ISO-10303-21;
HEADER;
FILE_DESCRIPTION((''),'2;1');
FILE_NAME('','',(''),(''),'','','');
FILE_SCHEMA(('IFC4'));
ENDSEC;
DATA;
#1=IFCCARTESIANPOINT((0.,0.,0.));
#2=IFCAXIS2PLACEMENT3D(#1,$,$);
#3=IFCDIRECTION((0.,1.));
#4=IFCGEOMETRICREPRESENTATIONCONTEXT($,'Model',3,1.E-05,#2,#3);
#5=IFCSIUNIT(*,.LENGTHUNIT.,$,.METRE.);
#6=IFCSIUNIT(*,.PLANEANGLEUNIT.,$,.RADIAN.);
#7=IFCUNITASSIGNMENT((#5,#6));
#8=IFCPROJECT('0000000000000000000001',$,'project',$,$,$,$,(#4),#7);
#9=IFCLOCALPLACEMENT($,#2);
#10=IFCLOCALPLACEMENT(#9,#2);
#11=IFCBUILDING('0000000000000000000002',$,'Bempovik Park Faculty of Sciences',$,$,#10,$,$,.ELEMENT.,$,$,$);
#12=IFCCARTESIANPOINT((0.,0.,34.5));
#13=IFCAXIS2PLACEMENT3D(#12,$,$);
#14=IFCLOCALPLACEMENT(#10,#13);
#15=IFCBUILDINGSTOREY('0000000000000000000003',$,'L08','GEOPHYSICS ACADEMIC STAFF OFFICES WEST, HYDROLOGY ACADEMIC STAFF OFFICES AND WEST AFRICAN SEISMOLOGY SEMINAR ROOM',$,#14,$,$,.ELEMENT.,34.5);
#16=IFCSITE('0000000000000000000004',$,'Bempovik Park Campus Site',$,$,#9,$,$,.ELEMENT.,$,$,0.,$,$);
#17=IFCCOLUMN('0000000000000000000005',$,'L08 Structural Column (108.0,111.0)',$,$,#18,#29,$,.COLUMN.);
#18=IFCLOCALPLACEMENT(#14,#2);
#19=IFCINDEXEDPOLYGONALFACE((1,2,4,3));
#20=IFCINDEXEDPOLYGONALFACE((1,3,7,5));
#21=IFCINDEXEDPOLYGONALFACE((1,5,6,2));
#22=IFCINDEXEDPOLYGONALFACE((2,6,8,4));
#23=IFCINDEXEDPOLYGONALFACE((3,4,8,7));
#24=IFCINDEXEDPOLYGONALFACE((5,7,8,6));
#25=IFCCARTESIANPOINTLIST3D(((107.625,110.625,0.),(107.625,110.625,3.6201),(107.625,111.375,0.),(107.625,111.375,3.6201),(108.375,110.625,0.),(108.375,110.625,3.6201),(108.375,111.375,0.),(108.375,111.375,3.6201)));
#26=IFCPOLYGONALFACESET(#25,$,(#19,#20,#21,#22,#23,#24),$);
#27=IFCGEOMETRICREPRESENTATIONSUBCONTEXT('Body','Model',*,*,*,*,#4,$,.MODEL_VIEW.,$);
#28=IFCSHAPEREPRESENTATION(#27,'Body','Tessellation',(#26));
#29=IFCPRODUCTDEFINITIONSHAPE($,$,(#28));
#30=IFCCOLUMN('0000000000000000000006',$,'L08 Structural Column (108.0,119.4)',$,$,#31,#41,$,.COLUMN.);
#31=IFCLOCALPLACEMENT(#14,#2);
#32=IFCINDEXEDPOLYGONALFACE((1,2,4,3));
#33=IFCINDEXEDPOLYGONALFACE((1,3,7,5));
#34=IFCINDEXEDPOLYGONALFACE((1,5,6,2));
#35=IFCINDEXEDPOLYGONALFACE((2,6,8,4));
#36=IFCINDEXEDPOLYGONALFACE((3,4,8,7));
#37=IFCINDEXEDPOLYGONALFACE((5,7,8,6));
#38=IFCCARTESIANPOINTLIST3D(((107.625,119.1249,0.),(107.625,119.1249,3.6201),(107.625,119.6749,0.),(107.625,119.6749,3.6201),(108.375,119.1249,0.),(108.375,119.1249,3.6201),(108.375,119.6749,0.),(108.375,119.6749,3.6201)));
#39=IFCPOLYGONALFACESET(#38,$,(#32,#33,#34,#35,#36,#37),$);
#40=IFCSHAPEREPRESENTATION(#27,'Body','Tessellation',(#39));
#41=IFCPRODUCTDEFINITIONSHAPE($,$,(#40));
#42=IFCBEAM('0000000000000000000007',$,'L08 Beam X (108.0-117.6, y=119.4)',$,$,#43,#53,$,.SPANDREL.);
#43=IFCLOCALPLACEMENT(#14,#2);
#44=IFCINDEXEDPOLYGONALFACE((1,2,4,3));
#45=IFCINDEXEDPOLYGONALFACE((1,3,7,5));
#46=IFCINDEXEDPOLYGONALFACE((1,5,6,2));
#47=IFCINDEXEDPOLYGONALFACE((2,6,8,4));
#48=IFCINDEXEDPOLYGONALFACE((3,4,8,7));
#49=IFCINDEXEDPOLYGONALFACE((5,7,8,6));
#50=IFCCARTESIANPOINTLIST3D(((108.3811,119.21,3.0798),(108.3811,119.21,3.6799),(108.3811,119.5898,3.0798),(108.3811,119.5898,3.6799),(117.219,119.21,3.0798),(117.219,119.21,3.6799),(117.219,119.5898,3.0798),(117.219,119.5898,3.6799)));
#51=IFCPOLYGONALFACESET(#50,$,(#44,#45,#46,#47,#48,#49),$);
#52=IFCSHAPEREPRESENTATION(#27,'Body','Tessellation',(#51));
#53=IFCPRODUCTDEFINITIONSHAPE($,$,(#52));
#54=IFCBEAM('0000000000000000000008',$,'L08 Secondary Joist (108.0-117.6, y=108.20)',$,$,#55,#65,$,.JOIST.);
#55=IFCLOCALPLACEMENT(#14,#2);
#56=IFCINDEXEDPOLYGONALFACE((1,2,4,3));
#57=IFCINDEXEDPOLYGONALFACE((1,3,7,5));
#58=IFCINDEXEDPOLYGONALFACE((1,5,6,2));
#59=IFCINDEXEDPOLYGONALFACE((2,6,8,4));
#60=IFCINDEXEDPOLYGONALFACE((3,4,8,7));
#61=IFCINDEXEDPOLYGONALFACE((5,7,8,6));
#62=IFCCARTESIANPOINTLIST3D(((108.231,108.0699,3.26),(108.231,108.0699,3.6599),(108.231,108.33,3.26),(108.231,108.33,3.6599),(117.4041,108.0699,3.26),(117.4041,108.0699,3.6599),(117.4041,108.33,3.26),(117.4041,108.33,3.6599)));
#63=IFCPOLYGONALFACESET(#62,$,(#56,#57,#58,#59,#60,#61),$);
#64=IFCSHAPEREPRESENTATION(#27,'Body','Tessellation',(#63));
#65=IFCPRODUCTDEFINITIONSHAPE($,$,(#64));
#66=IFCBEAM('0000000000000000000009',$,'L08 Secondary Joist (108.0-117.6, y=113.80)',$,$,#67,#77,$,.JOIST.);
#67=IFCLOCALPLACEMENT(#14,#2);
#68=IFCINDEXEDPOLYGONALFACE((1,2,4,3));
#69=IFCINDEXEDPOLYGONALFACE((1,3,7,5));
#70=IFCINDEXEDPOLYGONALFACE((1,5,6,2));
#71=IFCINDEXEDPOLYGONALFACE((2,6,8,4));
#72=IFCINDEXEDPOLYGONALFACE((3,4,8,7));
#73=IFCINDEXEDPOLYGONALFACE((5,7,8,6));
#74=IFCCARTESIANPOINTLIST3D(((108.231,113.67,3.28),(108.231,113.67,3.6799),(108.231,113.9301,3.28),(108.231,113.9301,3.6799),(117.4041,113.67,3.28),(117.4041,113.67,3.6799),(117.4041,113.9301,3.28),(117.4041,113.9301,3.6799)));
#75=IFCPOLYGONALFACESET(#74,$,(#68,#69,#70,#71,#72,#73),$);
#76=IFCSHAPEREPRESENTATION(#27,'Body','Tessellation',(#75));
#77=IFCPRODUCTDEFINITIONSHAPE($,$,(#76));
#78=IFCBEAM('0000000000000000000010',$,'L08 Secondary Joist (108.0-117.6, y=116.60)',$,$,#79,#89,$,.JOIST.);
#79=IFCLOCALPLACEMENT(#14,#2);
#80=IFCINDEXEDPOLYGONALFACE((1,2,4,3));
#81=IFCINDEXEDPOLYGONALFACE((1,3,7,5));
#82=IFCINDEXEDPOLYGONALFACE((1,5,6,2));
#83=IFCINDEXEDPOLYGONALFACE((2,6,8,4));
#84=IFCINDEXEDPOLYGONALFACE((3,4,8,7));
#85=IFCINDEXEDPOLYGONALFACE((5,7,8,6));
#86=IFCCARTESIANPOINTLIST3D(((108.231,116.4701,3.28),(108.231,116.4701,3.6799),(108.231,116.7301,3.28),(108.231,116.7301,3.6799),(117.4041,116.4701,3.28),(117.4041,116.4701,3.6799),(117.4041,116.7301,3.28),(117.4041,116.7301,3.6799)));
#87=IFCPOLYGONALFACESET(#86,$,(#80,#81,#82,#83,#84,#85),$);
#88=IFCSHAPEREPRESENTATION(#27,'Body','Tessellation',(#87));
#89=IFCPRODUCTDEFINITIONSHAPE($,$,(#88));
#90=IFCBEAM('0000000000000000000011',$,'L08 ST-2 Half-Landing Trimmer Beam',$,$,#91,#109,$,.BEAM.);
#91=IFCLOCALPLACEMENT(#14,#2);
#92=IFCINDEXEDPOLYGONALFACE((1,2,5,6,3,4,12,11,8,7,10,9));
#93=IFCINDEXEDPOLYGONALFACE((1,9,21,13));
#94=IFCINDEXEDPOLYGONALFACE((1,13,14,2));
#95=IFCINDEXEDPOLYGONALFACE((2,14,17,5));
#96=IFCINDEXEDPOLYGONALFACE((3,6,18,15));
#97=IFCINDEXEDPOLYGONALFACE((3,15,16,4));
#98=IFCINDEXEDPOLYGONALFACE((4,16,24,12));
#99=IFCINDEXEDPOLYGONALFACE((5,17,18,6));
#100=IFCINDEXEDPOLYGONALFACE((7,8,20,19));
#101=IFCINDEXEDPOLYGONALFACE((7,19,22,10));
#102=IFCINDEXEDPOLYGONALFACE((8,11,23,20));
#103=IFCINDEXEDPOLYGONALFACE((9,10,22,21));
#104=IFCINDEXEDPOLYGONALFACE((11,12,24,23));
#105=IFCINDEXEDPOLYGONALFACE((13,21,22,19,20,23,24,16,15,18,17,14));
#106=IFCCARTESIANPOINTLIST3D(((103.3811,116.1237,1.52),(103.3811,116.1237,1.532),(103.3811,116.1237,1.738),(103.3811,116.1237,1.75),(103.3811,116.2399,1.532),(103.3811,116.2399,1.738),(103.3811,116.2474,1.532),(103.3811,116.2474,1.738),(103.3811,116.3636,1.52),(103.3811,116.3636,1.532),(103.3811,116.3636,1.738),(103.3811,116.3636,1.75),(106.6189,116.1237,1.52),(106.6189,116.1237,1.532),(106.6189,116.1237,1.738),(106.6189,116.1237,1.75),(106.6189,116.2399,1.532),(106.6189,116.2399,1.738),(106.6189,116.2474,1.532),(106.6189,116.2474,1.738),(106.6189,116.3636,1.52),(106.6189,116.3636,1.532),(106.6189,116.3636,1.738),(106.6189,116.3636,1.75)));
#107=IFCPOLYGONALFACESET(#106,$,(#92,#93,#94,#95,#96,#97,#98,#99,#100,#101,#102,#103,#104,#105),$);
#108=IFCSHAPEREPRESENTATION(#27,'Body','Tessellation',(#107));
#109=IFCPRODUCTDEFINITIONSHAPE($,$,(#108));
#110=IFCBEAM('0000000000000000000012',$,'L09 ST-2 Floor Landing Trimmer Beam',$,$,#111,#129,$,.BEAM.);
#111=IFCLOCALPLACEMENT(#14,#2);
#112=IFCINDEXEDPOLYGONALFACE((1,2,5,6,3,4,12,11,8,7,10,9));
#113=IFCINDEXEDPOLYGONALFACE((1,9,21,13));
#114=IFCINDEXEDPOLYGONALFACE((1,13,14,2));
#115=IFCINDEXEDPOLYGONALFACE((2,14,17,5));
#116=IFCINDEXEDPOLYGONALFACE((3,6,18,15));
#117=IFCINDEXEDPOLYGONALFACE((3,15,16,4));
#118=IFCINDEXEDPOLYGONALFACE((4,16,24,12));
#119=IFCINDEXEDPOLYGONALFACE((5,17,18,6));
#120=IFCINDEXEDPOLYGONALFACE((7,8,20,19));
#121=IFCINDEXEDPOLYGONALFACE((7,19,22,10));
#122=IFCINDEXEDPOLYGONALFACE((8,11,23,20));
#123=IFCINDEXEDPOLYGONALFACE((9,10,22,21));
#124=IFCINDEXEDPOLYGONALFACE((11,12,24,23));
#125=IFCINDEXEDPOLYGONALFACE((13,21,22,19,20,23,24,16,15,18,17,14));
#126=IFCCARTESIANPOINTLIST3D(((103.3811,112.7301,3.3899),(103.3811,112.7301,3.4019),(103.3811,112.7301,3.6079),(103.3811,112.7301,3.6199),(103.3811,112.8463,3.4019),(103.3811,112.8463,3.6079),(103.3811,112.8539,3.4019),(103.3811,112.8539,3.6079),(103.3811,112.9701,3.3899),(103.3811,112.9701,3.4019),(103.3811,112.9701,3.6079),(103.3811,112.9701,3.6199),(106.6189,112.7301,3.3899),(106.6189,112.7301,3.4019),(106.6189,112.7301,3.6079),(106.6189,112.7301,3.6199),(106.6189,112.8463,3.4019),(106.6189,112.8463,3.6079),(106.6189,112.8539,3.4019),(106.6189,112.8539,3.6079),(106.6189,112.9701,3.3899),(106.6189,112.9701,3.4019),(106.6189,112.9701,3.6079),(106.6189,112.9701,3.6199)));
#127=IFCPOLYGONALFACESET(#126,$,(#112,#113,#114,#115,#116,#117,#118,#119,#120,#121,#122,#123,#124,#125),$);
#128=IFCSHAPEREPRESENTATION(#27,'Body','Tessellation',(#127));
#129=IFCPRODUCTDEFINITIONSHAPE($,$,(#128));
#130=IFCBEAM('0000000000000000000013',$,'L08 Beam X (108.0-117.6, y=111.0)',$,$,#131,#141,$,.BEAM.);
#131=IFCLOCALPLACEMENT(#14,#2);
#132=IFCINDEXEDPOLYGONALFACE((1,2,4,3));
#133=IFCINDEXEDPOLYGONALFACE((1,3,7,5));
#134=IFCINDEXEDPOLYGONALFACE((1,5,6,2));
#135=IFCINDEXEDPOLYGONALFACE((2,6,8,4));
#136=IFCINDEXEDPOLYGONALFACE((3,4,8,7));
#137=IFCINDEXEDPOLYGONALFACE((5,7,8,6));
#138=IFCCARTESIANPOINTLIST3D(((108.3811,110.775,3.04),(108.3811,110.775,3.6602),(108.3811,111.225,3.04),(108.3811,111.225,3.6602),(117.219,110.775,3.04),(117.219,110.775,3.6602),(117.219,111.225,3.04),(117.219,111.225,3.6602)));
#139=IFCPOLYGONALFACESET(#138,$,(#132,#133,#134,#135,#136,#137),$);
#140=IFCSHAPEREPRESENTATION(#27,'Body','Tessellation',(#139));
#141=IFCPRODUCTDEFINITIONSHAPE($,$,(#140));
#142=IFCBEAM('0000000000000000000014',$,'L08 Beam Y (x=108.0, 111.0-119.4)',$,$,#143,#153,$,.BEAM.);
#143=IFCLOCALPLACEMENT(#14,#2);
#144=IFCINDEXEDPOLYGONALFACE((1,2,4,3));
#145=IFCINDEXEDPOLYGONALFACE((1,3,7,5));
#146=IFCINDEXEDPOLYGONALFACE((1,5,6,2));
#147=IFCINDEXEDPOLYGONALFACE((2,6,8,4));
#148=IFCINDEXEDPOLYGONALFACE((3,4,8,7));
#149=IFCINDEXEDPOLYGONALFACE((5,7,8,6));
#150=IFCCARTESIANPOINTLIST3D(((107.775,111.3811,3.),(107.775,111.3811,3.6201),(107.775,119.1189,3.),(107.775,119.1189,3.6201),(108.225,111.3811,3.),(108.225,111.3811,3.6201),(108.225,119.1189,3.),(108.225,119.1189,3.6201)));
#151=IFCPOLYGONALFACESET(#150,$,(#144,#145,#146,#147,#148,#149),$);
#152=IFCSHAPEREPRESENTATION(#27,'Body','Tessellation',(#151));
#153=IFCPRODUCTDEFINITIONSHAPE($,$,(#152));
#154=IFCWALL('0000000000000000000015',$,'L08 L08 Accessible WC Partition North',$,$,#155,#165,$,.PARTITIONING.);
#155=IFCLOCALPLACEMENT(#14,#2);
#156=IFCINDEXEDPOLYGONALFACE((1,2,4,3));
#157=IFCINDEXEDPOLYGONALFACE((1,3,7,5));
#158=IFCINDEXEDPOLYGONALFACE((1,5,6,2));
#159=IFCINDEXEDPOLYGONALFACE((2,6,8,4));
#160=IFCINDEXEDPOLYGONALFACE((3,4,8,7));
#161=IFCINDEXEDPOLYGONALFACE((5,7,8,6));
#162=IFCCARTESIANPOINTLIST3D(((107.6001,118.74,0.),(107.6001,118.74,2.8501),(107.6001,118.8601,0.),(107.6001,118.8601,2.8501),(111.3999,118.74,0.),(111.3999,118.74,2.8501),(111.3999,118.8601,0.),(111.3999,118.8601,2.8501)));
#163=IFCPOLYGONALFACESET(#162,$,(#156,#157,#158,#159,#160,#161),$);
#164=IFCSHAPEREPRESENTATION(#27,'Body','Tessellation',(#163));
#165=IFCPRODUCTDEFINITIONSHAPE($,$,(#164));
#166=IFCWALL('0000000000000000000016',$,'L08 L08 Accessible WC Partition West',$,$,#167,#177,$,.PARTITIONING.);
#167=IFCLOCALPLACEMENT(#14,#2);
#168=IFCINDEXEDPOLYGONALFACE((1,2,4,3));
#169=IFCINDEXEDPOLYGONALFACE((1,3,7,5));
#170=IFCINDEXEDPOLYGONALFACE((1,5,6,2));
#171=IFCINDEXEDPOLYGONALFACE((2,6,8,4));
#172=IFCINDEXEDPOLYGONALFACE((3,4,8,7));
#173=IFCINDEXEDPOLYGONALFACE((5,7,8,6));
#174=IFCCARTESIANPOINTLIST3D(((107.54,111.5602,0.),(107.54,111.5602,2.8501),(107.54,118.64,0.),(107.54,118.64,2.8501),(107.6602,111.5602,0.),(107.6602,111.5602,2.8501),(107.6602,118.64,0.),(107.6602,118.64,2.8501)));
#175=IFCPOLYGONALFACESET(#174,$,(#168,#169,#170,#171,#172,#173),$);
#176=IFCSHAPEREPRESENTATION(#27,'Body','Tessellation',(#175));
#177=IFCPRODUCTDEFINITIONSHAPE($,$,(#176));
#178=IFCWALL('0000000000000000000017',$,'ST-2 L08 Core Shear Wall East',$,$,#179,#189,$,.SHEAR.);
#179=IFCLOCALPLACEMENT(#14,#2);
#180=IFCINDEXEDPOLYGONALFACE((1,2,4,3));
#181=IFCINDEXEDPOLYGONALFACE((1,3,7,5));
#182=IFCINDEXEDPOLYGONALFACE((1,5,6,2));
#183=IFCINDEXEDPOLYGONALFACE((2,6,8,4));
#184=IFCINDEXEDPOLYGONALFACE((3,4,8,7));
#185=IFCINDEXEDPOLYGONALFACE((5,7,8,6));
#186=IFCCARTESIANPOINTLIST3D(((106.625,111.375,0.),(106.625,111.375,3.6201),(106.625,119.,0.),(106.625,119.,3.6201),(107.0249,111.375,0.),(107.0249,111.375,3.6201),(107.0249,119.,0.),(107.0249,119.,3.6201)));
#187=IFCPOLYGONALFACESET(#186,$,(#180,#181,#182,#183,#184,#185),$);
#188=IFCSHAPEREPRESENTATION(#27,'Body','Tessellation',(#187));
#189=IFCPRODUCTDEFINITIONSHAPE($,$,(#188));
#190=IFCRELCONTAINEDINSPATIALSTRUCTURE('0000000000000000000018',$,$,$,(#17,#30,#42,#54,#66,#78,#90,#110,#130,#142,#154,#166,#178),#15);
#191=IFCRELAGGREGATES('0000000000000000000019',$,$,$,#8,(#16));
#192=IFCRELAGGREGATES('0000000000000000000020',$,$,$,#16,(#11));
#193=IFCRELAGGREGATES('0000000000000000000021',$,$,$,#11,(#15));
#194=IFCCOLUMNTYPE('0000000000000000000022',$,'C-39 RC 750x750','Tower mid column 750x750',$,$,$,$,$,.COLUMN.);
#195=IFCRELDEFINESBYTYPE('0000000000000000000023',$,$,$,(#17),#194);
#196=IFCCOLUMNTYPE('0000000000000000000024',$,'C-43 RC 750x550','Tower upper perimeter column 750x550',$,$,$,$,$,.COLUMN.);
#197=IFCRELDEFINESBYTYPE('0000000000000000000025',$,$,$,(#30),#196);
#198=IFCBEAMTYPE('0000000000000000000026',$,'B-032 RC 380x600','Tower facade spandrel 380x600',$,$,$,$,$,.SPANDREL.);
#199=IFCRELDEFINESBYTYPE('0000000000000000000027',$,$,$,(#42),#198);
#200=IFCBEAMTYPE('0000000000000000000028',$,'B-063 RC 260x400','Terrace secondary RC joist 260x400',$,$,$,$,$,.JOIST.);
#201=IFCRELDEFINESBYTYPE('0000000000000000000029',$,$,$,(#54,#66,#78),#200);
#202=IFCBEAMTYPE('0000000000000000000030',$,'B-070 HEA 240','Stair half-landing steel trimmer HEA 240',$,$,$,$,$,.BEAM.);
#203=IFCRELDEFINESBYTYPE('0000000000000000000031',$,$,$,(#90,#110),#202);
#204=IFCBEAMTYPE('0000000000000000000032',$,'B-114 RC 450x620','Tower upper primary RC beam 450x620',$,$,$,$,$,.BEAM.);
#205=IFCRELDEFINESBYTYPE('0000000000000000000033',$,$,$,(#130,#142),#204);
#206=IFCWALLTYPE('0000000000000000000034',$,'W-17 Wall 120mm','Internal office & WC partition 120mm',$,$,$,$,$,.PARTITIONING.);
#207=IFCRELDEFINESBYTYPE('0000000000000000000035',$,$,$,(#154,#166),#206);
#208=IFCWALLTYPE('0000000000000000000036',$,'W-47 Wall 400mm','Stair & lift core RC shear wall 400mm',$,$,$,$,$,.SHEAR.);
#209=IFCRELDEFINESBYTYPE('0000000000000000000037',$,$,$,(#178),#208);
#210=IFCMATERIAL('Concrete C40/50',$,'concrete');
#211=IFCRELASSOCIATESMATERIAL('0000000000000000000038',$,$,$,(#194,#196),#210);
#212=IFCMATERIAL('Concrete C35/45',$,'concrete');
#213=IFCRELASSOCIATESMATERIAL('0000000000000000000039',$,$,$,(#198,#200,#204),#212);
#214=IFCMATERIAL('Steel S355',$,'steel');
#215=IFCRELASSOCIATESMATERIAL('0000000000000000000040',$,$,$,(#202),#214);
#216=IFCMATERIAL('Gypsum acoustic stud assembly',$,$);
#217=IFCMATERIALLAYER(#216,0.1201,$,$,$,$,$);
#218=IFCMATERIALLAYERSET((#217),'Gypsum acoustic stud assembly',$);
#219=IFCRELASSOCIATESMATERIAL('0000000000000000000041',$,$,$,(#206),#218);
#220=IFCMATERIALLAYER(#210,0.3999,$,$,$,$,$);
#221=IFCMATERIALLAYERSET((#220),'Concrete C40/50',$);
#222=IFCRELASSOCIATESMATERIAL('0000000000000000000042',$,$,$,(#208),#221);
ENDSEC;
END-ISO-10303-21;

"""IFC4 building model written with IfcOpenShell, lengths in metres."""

from ifc_helpers import new_model, si_unit, direction, frame, frame_2d, origin, origin_2d, place, context, subcontext, project, spatial, rectangle, i_section, extrude, material, layer, layer_set, material_profile, profile_set, type_object, element, save


model = new_model("IFC4")

# Units and contexts
model_context = context("Model", 3, precision=1e-05, world=origin(), true_north=direction((0.0, 1.0)))
body_context = subcontext(model_context, "Body", "Model", "MODEL_VIEW")
ifc_project = project(units=[si_unit("LENGTHUNIT", "METRE"), si_unit("PLANEANGLEUNIT", "RADIAN")], contexts=[model_context])

# Site, building, storey
site_placement = place(None, origin())
site = spatial("IfcSite", under=ifc_project, at=site_placement, Name="Bempovik Park Campus Site", CompositionType="ELEMENT", RefElevation=0.0)
building_placement = place(site_placement, origin())
building = spatial("IfcBuilding", under=site, at=building_placement, Name="Bempovik Park Faculty of Sciences", CompositionType="ELEMENT")
storey_placement = place(building_placement, frame((0.0, 0.0, 34.5)))
storey = spatial("IfcBuildingStorey", under=building, at=storey_placement, Name="L08", Description="GEOPHYSICS ACADEMIC STAFF OFFICES WEST, HYDROLOGY ACADEMIC STAFF OFFICES AND WEST AFRICAN SEISMOLOGY SEMINAR ROOM", CompositionType="ELEMENT", Elevation=34.5)

# Columns
ifc_material_1 = material(Name="Concrete C40/50", Category="concrete")
ifc_material_profile_1 = material_profile(ifc_material_1, rectangle(XDim=0.75, YDim=0.75, at=origin_2d()), Name="RC 750x750")
ifc_profile_set_1 = profile_set([ifc_material_profile_1], Name="Concrete C40/50")
column_type_1 = type_object("IfcColumnType", Name="C-39 RC 750x750", Description="Tower mid column 750x750", PredefinedType="COLUMN", material=ifc_profile_set_1)
column_1_placement = place(storey_placement, frame((108.0, 111.0, 0.0), z_axis=(0.0, 0.0, 1.0), x_axis=(1.0, 0.0, 0.0)))
element("IfcColumn", 1, at=column_1_placement, inside=storey, type_object=column_type_1, Name="L08 Structural Column (108.0,111.0)", PredefinedType="COLUMN", context=body_context, shape_type="SweptSolid", body=[
    extrude(rectangle(XDim=0.75, YDim=0.75, at=origin_2d()), origin(), (0.0, 0.0, 1.0), 3.6201),
])
ifc_material_profile_2 = material_profile(ifc_material_1, rectangle(XDim=0.75, YDim=0.55, at=origin_2d()), Name="RC 750x550")
ifc_profile_set_2 = profile_set([ifc_material_profile_2], Name="Concrete C40/50")
column_type_2 = type_object("IfcColumnType", Name="C-43 RC 750x550", Description="Tower upper perimeter column 750x550", PredefinedType="COLUMN", material=ifc_profile_set_2)
column_2_placement = place(storey_placement, frame((108.0, 119.3999, 0.0), z_axis=(0.0, 0.0, 1.0), x_axis=(1.0, 0.0, 0.0)))
element("IfcColumn", 2, at=column_2_placement, inside=storey, type_object=column_type_2, Name="L08 Structural Column (108.0,119.4)", PredefinedType="COLUMN", context=body_context, shape_type="SweptSolid", body=[
    extrude(rectangle(XDim=0.75, YDim=0.55, at=origin_2d()), origin(), (0.0, 0.0, 1.0), 3.6201),
])

# Beams
ifc_material_2 = material(Name="Concrete C35/45", Category="concrete")
ifc_material_profile_3 = material_profile(ifc_material_2, rectangle(XDim=0.3799, YDim=0.6001, at=origin_2d()), Name="RC 380x600")
ifc_profile_set_3 = profile_set([ifc_material_profile_3], Name="Concrete C35/45")
beam_type_1 = type_object("IfcBeamType", Name="B-032 RC 380x600", Description="Tower facade spandrel 380x600", PredefinedType="SPANDREL", material=ifc_profile_set_3)
beam_1_placement = place(storey_placement, frame((108.3811, 119.3999, 3.3799), z_axis=(1.0, 0.0, 0.0), x_axis=(0.0, 1.0, 0.0)))
element("IfcBeam", 3, at=beam_1_placement, inside=storey, type_object=beam_type_1, Name="L08 Beam X (108.0-117.6, y=119.4)", PredefinedType="SPANDREL", context=body_context, shape_type="SweptSolid", body=[
    extrude(rectangle(XDim=0.3799, YDim=0.6001, at=origin_2d()), origin(), (0.0, 0.0, 1.0), 8.8379),
])
ifc_material_profile_4 = material_profile(ifc_material_2, rectangle(XDim=0.26, YDim=0.3999, at=origin_2d()), Name="RC 260x400")
ifc_profile_set_4 = profile_set([ifc_material_profile_4], Name="Concrete C35/45")
beam_type_2 = type_object("IfcBeamType", Name="B-063 RC 260x400", Description="Terrace secondary RC joist 260x400", PredefinedType="JOIST", material=ifc_profile_set_4)
for number, where, z_axis, x_axis, name in (
    (4, (108.231, 108.2, 3.46), (1.0, 0.0, 0.0), (0.0, 1.0, 0.0), "L08 Secondary Joist (108.0-117.6, y=108.20)"),
    (5, (108.231, 113.8, 3.48), (1.0, 0.0, 0.0), (0.0, 1.0, 0.0), "L08 Secondary Joist (108.0-117.6, y=113.80)"),
    (6, (108.231, 116.6001, 3.48), (1.0, 0.0, 0.0), (0.0, 1.0, 0.0), "L08 Secondary Joist (108.0-117.6, y=116.60)"),
):
    element("IfcBeam", number, at=place(storey_placement, frame(where, z_axis=z_axis, x_axis=x_axis)), inside=storey, type_object=beam_type_2, Name=name, PredefinedType="JOIST", context=body_context, shape_type="SweptSolid", body=[
        extrude(rectangle(XDim=0.26, YDim=0.3999, at=origin_2d()), origin(), (0.0, 0.0, 1.0), 9.1731),
    ])
ifc_material_3 = material(Name="Steel S355", Category="steel")
ifc_material_profile_5 = material_profile(ifc_material_3, i_section(OverallWidth=0.24, OverallDepth=0.23, WebThickness=0.0076, FlangeThickness=0.012, at=origin_2d()), Name="HEA 240")
ifc_profile_set_5 = profile_set([ifc_material_profile_5], Name="Steel S355")
beam_type_3 = type_object("IfcBeamType", Name="B-070 HEA 240", Description="Stair half-landing steel trimmer HEA 240", PredefinedType="BEAM", material=ifc_profile_set_5)
for number, where, z_axis, x_axis, name in (
    (7, (103.3811, 116.2437, 1.635), (1.0, 0.0, 0.0), (0.0, 1.0, 0.0), "L08 ST-2 Half-Landing Trimmer Beam"),
    (8, (103.3811, 112.8501, 3.5049), (1.0, 0.0, 0.0), (0.0, 1.0, 0.0), "L09 ST-2 Floor Landing Trimmer Beam"),
):
    element("IfcBeam", number, at=place(storey_placement, frame(where, z_axis=z_axis, x_axis=x_axis)), inside=storey, type_object=beam_type_3, Name=name, PredefinedType="BEAM", context=body_context, shape_type="SweptSolid", body=[
        extrude(i_section(OverallWidth=0.24, OverallDepth=0.23, WebThickness=0.0076, FlangeThickness=0.012, at=origin_2d()), origin(), (0.0, 0.0, 1.0), 3.2378),
    ])
ifc_material_profile_6 = material_profile(ifc_material_2, rectangle(XDim=0.45, YDim=0.6201, at=origin_2d()), Name="RC 450x620")
ifc_profile_set_6 = profile_set([ifc_material_profile_6], Name="Concrete C35/45")
beam_type_4 = type_object("IfcBeamType", Name="B-114 RC 450x620", Description="Tower upper primary RC beam 450x620", PredefinedType="BEAM", material=ifc_profile_set_6)
beam_2_placement = place(storey_placement, frame((108.3811, 111.0, 3.3501), z_axis=(1.0, 0.0, 0.0), x_axis=(0.0, 1.0, 0.0)))
element("IfcBeam", 9, at=beam_2_placement, inside=storey, type_object=beam_type_4, Name="L08 Beam X (108.0-117.6, y=111.0)", PredefinedType="BEAM", context=body_context, shape_type="SweptSolid", body=[
    extrude(rectangle(XDim=0.45, YDim=0.6201, at=origin_2d()), origin(), (0.0, 0.0, 1.0), 8.8379),
])
beam_3_placement = place(storey_placement, frame((108.0, 111.3811, 3.3101), z_axis=(0.0, 1.0, 0.0), x_axis=(-1.0, 0.0, 0.0)))
element("IfcBeam", 10, at=beam_3_placement, inside=storey, type_object=beam_type_4, Name="L08 Beam Y (x=108.0, 111.0-119.4)", PredefinedType="BEAM", context=body_context, shape_type="SweptSolid", body=[
    extrude(rectangle(XDim=0.45, YDim=0.6201, at=origin_2d()), origin(), (0.0, 0.0, 1.0), 7.7378),
])

# Shared definitions
ifc_material_4 = material(Name="Gypsum acoustic stud assembly")
ifc_layer_1 = layer(ifc_material_4, 0.1201)
ifc_layer_set_1 = layer_set([ifc_layer_1], Name="Gypsum acoustic stud assembly")
wall_type_1 = type_object("IfcWallType", Name="W-17 Wall 120mm", Description="Internal office & WC partition 120mm", PredefinedType="PARTITIONING", material=ifc_layer_set_1)

# Walls
wall_1_placement = place(storey_placement, frame((107.6001, 118.8, 0.0), z_axis=(0.0, 0.0, 1.0), x_axis=(1.0, 0.0, 0.0)))
element("IfcWall", 11, at=wall_1_placement, inside=storey, type_object=wall_type_1, Name="L08 L08 Accessible WC Partition North", PredefinedType="PARTITIONING", context=body_context, shape_type="SweptSolid", body=[
    extrude(rectangle(XDim=3.7998, YDim=0.1201, at=frame_2d((1.8999, 0.0))), origin(), (0.0, 0.0, 1.0), 2.8501),
])
wall_2_placement = place(storey_placement, frame((107.6001, 111.5601, 0.0), z_axis=(0.0, 0.0, 1.0), x_axis=(0.0, 1.0, 0.0)))
element("IfcWall", 12, at=wall_2_placement, inside=storey, type_object=wall_type_1, Name="L08 L08 Accessible WC Partition West", PredefinedType="PARTITIONING", context=body_context, shape_type="SweptSolid", body=[
    extrude(rectangle(XDim=7.0798, YDim=0.1201, at=frame_2d((3.54, 0.0))), origin(), (0.0, 0.0, 1.0), 2.8501),
])
ifc_layer_2 = layer(ifc_material_1, 0.3999)
ifc_layer_set_2 = layer_set([ifc_layer_2], Name="Concrete C40/50")
wall_type_2 = type_object("IfcWallType", Name="W-47 Wall 400mm", Description="Stair & lift core RC shear wall 400mm", PredefinedType="SHEAR", material=ifc_layer_set_2)
wall_3_placement = place(storey_placement, frame((106.825, 111.375, 0.0), z_axis=(0.0, 0.0, 1.0), x_axis=(0.0, 1.0, 0.0)))
element("IfcWall", 13, at=wall_3_placement, inside=storey, type_object=wall_type_2, Name="ST-2 L08 Core Shear Wall East", PredefinedType="SHEAR", context=body_context, shape_type="SweptSolid", body=[
    extrude(rectangle(XDim=7.625, YDim=0.3999, at=frame_2d((3.8125, 0.0))), origin(), (0.0, 0.0, 1.0), 3.6201),
])

save(model, "model.ifc")
